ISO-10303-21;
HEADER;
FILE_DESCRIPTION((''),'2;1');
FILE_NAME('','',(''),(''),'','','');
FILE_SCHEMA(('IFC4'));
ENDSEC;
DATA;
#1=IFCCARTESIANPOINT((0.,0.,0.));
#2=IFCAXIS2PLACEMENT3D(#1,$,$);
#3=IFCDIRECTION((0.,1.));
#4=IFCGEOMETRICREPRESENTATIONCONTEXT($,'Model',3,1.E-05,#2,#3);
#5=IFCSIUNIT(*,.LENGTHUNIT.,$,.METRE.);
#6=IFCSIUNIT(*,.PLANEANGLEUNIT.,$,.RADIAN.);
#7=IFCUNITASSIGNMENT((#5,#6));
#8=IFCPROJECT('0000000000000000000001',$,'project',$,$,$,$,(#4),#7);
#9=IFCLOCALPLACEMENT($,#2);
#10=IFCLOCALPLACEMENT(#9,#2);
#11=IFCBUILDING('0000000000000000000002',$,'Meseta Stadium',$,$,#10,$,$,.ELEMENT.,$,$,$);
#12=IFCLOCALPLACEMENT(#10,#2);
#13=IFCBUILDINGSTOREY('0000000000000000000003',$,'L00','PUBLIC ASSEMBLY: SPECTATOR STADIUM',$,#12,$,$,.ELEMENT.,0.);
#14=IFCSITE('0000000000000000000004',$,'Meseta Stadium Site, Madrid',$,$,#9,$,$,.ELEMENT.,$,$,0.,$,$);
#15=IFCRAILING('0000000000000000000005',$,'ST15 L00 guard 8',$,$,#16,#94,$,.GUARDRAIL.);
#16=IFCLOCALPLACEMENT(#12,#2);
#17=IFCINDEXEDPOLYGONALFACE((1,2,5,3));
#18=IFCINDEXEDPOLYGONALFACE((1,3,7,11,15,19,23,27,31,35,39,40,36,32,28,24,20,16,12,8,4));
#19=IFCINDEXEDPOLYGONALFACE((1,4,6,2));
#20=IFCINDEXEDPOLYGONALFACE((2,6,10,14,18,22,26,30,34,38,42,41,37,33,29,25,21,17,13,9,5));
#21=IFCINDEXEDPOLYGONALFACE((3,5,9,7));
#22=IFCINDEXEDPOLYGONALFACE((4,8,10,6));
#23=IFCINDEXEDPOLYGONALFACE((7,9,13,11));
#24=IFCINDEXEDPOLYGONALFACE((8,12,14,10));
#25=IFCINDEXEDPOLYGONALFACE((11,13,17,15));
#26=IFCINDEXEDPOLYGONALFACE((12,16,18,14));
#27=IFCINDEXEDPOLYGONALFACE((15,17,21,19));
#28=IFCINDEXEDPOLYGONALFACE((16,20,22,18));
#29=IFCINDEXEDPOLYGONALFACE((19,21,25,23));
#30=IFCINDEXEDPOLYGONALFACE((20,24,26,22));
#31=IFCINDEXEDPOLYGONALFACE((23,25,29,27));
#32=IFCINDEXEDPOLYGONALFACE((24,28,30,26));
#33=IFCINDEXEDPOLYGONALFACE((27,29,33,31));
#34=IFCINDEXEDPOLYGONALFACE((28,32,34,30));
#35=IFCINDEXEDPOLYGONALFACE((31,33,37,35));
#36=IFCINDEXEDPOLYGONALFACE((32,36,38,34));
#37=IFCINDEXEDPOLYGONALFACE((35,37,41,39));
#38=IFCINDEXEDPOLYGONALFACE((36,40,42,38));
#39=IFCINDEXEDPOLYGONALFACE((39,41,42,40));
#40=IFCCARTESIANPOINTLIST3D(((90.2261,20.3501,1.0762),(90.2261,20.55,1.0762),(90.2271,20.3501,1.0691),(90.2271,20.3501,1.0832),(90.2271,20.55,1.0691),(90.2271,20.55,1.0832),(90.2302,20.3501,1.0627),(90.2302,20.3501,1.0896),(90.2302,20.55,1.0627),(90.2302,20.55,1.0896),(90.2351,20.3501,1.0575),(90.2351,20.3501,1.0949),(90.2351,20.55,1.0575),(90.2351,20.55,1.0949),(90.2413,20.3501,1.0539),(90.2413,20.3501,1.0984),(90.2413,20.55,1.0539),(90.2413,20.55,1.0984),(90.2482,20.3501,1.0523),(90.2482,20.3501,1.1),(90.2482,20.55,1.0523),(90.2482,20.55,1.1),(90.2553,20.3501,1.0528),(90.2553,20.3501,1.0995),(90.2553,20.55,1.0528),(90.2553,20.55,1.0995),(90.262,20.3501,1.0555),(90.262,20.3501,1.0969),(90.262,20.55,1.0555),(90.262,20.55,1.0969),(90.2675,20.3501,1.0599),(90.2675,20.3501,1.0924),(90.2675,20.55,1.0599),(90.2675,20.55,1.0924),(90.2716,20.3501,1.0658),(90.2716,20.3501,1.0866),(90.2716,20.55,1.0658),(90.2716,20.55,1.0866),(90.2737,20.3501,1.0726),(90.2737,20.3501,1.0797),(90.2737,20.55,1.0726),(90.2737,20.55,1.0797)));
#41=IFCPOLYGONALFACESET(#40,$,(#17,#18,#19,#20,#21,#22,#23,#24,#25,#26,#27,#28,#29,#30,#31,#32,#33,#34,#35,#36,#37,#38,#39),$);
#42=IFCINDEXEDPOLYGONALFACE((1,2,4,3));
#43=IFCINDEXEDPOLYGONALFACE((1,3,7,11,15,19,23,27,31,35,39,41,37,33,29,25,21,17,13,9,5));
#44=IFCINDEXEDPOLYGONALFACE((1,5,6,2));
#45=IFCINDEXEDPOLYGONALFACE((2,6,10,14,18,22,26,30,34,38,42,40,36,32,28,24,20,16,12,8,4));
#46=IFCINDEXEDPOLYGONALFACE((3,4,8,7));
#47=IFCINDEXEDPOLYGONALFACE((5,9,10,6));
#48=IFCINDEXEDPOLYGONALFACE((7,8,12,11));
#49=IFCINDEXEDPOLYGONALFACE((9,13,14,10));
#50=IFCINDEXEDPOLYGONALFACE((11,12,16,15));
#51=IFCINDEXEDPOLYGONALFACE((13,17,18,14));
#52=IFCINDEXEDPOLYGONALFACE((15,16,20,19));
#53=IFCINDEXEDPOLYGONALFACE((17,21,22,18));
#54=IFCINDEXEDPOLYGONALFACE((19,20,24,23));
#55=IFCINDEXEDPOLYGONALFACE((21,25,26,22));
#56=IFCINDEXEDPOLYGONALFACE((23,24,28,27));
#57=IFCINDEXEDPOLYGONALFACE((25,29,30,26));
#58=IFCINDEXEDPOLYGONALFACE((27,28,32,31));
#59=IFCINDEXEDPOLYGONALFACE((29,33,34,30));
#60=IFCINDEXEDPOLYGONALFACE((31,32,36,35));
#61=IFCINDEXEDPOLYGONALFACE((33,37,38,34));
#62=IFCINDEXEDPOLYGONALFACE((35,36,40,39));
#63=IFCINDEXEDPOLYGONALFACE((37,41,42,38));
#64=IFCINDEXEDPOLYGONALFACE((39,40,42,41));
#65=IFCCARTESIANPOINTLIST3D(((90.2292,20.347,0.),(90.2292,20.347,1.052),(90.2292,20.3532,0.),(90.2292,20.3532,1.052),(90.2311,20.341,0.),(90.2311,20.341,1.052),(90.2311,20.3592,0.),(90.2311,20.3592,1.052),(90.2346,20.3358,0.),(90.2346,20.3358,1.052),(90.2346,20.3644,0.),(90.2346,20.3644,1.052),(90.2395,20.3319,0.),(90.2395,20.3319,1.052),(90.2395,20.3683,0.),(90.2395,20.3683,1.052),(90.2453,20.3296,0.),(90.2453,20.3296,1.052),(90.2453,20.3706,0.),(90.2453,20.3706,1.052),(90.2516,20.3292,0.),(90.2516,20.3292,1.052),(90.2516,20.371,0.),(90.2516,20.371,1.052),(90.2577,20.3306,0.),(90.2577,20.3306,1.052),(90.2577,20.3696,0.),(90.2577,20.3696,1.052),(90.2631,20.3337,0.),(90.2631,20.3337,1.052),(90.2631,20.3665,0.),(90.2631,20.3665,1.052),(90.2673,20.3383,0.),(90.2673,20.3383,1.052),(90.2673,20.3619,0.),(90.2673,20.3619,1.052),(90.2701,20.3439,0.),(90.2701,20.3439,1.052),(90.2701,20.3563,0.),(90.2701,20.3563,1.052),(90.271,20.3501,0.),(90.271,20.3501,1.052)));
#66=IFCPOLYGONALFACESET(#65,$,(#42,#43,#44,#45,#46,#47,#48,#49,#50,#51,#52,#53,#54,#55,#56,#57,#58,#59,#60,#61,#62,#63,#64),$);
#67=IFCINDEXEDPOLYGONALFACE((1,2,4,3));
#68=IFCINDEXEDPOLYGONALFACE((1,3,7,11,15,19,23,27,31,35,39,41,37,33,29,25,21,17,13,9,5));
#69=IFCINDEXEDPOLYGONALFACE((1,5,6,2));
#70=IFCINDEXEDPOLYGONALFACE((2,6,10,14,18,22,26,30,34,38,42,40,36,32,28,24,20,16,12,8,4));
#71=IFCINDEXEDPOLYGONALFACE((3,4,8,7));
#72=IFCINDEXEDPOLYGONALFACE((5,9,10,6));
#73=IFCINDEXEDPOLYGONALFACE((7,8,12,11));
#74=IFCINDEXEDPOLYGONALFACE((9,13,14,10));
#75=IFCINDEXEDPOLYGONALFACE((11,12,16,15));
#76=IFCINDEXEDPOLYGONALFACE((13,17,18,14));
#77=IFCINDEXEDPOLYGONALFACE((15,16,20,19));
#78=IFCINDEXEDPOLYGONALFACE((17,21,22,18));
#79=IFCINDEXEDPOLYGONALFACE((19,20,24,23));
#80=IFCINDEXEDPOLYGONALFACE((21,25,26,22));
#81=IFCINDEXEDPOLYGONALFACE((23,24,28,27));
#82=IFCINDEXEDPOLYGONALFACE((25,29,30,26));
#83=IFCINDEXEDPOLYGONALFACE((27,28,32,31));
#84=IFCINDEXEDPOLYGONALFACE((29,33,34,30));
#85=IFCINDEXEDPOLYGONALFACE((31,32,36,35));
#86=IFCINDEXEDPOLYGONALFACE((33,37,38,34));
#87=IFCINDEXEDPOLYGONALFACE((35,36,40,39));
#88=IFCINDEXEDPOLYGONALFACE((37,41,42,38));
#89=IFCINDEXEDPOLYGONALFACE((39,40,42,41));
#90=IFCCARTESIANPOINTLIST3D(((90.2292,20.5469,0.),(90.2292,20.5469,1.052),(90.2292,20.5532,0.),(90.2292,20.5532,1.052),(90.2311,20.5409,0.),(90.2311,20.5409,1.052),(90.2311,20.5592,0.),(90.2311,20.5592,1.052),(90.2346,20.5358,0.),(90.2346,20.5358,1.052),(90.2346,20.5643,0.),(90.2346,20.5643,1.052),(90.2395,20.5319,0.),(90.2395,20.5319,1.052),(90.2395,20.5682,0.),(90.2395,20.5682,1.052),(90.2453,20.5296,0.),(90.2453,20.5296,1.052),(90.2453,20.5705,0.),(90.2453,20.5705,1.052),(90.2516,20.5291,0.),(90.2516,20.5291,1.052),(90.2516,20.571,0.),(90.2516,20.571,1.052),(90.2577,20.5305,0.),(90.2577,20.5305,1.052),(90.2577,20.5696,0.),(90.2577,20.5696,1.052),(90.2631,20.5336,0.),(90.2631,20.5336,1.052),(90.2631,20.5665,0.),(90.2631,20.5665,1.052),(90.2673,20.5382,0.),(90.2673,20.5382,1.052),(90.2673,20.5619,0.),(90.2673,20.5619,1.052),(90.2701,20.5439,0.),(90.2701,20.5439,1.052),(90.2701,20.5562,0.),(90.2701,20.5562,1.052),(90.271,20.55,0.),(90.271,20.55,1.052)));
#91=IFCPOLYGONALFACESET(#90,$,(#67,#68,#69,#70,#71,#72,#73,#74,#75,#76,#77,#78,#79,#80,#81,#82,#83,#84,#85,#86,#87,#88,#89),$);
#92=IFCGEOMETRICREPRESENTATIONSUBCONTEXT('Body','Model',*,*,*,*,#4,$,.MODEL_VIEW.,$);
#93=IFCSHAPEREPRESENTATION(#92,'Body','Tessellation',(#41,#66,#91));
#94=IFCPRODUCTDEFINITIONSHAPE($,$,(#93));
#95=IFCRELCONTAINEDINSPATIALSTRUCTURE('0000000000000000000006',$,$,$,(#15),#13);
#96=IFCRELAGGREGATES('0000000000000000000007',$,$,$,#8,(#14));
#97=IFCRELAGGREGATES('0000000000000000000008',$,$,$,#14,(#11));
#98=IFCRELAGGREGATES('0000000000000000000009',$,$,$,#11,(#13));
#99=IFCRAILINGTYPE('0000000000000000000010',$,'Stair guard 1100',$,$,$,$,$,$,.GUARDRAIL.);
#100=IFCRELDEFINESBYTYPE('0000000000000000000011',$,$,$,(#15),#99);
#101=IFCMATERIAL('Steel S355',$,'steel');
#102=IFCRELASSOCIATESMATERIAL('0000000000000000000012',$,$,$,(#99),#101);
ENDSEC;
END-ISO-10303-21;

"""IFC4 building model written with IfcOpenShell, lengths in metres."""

from ifc_helpers import new_model, si_unit, direction, frame, origin, origin_2d, place, context, subcontext, project, spatial, circle, extrude, material, type_object, element, save


model = new_model("IFC4")

# Units and contexts
model_context = context("Model", 3, precision=1e-05, world=origin(), true_north=direction((0.0, 1.0)))
body_context = subcontext(model_context, "Body", "Model", "MODEL_VIEW")
ifc_project = project(units=[si_unit("LENGTHUNIT", "METRE"), si_unit("PLANEANGLEUNIT", "RADIAN")], contexts=[model_context])

# Site, building, storey
site_placement = place(None, origin())
site = spatial("IfcSite", under=ifc_project, at=site_placement, Name="Meseta Stadium Site, Madrid", CompositionType="ELEMENT", RefElevation=0.0)
building_placement = place(site_placement, origin())
building = spatial("IfcBuilding", under=site, at=building_placement, Name="Meseta Stadium", CompositionType="ELEMENT")
storey_placement = place(building_placement, origin())
storey = spatial("IfcBuildingStorey", under=building, at=storey_placement, Name="L00", Description="PUBLIC ASSEMBLY: SPECTATOR STADIUM", CompositionType="ELEMENT", Elevation=0.0)

# Railing
ifc_material_1 = material(Name="Steel S355", Category="steel")
railing_type_1 = type_object("IfcRailingType", Name="Stair guard 1100", PredefinedType="GUARDRAIL", material=ifc_material_1)
railing_1_placement = place(storey_placement, frame((90.25, 20.3501, 0.0)))
element("IfcRailing", 1, at=railing_1_placement, inside=storey, type_object=railing_type_1, Name="ST15 L00 guard 8", PredefinedType="GUARDRAIL", context=body_context, shape_type="SweptSolid", body=[
    extrude(circle(Radius=0.0239, at=origin_2d()), frame((0.0, 0.0, 1.0762), z_axis=(0.0, 1.0, 0.0), x_axis=(-1.0, 0.0, 0.0)), (0.0, 0.0, 1.0), 0.2),
    extrude(circle(Radius=0.021, at=origin_2d()), origin(), (0.0, 0.0, 1.0), 1.052),
    extrude(circle(Radius=0.021, at=origin_2d()), frame((0.0, 0.2, 0.0)), (0.0, 0.0, 1.0), 1.052),
])

save(model, "model.ifc")
